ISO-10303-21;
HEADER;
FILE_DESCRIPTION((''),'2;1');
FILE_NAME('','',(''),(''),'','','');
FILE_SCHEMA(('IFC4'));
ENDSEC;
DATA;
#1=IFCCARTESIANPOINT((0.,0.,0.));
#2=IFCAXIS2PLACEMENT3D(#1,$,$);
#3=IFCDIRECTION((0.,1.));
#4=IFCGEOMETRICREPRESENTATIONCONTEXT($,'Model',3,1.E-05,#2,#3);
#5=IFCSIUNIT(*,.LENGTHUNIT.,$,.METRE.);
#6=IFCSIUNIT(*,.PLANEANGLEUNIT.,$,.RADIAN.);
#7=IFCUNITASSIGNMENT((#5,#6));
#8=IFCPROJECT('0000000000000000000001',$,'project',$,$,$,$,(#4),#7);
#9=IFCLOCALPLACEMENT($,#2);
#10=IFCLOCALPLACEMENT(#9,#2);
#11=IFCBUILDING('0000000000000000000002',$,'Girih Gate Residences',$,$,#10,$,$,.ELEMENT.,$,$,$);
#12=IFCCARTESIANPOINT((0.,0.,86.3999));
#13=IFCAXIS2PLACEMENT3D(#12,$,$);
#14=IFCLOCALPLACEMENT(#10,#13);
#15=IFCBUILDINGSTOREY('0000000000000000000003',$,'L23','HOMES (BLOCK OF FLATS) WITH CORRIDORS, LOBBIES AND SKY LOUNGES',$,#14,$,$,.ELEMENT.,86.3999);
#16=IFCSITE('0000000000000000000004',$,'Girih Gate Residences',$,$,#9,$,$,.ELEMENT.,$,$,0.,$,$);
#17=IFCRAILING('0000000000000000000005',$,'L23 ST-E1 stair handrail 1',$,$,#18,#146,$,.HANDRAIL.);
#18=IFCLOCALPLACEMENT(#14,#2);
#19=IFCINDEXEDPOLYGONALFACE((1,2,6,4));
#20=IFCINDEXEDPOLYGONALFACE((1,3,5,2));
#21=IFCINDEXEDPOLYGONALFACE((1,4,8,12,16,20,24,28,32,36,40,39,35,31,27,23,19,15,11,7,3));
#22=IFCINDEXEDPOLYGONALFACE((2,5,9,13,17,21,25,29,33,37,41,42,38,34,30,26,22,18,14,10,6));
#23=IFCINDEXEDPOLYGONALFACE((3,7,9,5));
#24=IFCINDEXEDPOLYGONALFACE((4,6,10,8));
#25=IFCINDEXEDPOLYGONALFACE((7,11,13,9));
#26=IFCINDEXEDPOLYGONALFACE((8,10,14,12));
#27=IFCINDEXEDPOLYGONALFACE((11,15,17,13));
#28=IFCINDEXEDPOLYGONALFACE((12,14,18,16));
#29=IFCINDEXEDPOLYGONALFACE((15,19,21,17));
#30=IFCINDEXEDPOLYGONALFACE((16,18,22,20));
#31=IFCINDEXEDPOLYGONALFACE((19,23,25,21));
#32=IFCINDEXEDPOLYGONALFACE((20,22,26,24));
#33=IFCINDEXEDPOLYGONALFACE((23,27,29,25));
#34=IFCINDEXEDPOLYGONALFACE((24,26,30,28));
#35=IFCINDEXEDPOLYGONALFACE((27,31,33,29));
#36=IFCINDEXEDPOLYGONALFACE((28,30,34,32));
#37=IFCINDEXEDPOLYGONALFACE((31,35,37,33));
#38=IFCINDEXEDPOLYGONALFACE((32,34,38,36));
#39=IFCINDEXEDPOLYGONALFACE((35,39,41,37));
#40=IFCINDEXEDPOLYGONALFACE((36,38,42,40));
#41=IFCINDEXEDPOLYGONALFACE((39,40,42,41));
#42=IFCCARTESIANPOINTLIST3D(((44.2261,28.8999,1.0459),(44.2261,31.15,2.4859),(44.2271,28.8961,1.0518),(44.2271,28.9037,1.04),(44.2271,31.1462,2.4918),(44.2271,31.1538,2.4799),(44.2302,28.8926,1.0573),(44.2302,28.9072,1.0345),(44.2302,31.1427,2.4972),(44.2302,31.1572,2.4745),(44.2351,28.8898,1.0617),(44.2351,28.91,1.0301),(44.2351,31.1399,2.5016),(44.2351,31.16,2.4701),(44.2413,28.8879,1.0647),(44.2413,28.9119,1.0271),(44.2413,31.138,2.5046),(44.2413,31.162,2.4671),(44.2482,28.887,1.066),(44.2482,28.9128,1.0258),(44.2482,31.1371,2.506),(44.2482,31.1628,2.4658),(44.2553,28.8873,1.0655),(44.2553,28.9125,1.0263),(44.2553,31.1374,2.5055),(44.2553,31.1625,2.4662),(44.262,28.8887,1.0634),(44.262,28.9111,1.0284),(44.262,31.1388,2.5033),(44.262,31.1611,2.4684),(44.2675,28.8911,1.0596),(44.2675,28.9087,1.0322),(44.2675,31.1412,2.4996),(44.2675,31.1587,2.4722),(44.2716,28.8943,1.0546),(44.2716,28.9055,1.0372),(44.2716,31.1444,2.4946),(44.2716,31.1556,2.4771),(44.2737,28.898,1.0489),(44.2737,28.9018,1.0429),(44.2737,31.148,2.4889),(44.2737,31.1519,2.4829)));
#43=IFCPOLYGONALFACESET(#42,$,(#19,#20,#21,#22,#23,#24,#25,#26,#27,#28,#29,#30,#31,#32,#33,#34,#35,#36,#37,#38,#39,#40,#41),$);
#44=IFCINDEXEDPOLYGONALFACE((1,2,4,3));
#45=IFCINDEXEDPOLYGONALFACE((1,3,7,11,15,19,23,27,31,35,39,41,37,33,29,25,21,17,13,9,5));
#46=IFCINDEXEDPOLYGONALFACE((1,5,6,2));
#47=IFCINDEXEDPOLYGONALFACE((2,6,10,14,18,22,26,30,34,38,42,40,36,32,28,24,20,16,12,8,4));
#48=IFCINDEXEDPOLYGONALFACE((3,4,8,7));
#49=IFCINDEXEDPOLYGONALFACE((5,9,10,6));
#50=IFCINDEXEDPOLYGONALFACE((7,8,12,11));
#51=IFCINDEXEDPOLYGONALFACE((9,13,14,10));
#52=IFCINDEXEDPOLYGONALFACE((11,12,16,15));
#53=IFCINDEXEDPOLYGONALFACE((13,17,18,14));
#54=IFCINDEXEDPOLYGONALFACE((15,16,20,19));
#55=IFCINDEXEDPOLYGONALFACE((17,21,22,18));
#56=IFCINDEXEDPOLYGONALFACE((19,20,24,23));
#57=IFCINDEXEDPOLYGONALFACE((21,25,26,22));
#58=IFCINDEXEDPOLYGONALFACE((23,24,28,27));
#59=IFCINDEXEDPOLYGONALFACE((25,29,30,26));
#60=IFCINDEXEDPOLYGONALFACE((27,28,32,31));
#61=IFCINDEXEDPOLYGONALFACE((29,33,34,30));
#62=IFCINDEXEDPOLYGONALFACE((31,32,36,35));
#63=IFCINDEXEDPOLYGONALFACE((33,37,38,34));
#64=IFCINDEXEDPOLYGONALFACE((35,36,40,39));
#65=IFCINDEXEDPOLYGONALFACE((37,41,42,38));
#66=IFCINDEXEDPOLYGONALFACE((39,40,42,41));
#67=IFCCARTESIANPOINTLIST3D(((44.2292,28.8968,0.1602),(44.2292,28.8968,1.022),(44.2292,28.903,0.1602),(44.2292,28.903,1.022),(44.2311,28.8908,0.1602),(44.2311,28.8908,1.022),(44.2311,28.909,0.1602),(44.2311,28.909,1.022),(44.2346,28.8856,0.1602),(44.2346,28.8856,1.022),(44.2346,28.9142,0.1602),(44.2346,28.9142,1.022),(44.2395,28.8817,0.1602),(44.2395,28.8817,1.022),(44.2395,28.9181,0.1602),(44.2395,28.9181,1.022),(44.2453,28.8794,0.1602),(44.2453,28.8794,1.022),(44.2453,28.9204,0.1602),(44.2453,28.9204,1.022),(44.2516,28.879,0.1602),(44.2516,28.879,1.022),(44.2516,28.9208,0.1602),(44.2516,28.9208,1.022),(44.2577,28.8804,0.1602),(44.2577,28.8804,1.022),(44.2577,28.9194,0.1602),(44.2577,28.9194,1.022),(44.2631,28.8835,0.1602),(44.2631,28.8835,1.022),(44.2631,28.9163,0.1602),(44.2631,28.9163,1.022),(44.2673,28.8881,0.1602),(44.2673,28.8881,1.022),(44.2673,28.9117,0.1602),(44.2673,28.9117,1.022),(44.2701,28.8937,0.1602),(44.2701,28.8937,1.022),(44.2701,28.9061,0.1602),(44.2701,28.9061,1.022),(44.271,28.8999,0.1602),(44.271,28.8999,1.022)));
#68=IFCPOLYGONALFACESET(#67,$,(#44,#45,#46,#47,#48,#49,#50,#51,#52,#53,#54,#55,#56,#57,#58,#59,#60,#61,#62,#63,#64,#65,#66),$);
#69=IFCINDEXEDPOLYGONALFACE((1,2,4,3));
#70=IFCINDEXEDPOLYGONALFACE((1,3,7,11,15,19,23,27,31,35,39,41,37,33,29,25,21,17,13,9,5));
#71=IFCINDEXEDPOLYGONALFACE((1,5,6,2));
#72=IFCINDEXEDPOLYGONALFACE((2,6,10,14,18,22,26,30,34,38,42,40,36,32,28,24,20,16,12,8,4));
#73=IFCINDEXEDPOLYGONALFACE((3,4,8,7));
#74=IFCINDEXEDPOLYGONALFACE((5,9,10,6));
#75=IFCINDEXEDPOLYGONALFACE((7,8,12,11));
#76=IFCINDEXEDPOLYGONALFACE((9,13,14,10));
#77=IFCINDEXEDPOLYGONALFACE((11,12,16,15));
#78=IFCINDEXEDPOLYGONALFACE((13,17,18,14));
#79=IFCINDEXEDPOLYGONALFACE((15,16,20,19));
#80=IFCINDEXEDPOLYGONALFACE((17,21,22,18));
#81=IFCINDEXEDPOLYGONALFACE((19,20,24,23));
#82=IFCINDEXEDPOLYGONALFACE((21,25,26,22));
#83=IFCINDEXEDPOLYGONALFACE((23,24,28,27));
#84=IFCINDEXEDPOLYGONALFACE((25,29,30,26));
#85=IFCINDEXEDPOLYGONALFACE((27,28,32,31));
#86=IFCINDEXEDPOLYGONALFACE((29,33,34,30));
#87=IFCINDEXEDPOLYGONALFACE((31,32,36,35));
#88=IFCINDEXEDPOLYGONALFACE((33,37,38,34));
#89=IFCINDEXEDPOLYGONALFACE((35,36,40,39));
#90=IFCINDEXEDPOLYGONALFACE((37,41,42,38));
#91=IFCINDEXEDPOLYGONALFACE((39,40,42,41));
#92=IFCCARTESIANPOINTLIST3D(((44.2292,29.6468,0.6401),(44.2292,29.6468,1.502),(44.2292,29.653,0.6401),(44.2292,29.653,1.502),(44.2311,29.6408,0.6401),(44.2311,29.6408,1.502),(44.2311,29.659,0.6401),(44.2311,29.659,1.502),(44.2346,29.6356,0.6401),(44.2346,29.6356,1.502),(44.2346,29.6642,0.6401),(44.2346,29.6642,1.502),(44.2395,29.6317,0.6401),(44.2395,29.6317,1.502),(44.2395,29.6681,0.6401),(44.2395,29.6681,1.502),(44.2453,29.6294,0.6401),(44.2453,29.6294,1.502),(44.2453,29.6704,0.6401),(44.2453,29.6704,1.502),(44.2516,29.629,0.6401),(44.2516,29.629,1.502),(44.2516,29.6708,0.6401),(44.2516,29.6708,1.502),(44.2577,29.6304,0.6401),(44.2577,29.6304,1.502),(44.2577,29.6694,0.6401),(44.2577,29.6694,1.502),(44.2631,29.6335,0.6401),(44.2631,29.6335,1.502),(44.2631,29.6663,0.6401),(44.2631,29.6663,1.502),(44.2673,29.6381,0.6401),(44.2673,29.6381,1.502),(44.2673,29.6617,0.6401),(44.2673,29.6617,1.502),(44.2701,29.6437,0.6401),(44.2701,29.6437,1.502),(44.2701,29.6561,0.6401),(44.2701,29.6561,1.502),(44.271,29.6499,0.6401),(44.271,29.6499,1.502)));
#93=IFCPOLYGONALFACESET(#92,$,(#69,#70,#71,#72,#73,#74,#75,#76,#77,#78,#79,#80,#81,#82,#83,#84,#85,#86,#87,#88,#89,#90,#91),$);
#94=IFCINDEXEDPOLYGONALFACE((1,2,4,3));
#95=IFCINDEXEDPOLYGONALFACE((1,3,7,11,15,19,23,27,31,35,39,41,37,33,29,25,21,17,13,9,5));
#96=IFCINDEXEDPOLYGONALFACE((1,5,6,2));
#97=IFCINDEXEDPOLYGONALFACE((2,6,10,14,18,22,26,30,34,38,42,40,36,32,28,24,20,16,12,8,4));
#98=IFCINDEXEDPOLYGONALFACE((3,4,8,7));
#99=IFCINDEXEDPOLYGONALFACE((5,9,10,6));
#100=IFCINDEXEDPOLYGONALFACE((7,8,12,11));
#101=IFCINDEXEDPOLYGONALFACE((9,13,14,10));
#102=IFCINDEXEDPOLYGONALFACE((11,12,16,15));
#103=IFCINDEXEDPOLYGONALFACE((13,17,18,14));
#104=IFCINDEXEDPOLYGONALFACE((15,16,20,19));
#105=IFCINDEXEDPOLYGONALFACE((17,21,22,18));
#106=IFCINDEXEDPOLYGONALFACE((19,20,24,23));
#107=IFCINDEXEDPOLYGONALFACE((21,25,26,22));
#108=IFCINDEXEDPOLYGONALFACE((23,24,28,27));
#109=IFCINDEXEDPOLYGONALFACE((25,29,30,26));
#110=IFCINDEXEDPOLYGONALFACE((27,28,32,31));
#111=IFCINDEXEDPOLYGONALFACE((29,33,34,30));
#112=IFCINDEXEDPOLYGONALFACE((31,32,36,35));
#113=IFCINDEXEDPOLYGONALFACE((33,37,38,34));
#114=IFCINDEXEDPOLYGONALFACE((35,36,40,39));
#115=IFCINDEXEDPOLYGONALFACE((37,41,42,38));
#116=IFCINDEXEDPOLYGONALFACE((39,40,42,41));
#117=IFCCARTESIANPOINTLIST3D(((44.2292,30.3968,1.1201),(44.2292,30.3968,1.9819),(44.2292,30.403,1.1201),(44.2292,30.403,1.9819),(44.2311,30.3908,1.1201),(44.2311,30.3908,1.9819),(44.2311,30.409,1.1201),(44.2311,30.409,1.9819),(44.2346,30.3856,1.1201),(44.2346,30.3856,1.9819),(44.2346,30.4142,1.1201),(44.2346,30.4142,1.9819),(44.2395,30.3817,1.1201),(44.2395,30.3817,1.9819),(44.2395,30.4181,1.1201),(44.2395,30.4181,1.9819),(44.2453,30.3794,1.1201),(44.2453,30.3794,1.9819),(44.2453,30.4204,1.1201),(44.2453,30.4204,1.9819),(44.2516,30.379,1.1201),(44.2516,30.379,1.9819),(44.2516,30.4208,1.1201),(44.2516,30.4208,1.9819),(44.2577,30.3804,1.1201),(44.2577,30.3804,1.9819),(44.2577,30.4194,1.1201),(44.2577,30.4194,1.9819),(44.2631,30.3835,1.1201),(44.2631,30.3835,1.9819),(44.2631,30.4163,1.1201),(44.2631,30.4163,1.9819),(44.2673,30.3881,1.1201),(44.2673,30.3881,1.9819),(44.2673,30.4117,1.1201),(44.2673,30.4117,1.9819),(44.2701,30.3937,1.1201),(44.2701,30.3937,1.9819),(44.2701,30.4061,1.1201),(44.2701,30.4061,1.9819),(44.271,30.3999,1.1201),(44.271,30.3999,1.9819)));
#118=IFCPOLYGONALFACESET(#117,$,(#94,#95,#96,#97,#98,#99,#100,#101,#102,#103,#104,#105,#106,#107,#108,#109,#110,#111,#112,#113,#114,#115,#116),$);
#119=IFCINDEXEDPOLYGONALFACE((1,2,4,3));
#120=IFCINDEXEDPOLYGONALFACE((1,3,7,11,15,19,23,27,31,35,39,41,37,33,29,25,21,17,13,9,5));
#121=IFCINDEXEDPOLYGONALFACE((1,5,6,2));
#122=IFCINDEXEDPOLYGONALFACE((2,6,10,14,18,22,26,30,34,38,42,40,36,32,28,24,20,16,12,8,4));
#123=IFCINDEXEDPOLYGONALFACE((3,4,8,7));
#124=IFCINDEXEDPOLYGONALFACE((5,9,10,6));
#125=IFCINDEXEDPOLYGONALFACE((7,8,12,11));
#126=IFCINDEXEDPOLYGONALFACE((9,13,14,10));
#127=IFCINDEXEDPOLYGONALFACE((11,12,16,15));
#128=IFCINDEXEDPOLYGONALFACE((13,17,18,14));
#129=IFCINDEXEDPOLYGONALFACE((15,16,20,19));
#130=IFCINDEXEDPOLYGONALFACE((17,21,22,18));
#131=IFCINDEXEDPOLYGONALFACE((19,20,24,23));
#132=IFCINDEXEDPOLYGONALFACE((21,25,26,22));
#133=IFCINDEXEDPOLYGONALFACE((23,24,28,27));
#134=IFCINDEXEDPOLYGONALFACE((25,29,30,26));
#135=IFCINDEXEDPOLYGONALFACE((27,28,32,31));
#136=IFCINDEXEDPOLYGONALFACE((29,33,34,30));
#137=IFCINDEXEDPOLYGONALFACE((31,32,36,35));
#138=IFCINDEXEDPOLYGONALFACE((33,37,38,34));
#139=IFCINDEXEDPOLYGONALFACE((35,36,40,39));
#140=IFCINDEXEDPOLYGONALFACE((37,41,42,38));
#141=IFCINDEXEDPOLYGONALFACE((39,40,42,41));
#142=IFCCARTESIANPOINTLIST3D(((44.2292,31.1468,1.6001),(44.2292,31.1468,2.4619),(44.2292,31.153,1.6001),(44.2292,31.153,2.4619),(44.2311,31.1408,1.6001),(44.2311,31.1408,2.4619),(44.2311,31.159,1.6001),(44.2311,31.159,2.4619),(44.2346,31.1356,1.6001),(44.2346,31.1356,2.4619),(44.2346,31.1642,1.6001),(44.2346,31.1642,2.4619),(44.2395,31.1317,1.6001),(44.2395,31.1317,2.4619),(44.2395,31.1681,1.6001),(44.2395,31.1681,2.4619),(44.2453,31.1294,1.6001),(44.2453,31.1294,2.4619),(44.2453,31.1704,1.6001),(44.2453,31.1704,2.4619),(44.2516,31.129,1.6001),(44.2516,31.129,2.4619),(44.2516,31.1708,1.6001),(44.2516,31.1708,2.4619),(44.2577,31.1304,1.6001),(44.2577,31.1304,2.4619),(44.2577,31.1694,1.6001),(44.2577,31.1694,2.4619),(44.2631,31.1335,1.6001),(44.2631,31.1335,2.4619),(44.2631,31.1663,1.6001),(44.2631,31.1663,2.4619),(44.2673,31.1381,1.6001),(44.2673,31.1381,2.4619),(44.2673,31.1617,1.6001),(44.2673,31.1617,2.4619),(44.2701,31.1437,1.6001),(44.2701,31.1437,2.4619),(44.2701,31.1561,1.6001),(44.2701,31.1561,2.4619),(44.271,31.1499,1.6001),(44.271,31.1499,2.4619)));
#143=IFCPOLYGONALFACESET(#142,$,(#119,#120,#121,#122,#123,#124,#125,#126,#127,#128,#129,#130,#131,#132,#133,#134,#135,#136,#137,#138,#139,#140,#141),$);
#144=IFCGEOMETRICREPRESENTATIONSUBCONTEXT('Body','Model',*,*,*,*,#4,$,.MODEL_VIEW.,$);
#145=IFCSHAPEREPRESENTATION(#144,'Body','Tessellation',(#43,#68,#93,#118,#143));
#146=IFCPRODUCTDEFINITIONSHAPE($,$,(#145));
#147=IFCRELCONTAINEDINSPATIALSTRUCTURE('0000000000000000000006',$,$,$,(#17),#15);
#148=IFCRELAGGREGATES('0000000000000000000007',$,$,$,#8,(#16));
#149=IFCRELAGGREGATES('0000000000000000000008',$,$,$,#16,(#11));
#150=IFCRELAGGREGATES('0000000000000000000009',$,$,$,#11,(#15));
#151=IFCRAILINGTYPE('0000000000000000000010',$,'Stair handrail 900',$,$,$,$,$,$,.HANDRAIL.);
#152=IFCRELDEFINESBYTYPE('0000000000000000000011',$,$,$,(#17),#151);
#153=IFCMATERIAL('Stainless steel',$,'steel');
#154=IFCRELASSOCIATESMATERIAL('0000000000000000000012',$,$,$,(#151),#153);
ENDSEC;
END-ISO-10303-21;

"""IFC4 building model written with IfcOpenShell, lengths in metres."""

from ifc_helpers import new_model, si_unit, direction, frame, origin, origin_2d, place, context, subcontext, project, spatial, circle, extrude, material, type_object, element, save


model = new_model("IFC4")

# Units and contexts
model_context = context("Model", 3, precision=1e-05, world=origin(), true_north=direction((0.0, 1.0)))
body_context = subcontext(model_context, "Body", "Model", "MODEL_VIEW")
ifc_project = project(units=[si_unit("LENGTHUNIT", "METRE"), si_unit("PLANEANGLEUNIT", "RADIAN")], contexts=[model_context])

# Site, building, storey
site_placement = place(None, origin())
site = spatial("IfcSite", under=ifc_project, at=site_placement, Name="Girih Gate Residences", CompositionType="ELEMENT", RefElevation=0.0)
building_placement = place(site_placement, origin())
building = spatial("IfcBuilding", under=site, at=building_placement, Name="Girih Gate Residences", CompositionType="ELEMENT")
storey_placement = place(building_placement, frame((0.0, 0.0, 86.3999)))
storey = spatial("IfcBuildingStorey", under=building, at=storey_placement, Name="L23", Description="HOMES (BLOCK OF FLATS) WITH CORRIDORS, LOBBIES AND SKY LOUNGES", CompositionType="ELEMENT", Elevation=86.3999)

# Railing
ifc_material_1 = material(Name="Stainless steel", Category="steel")
railing_type_1 = type_object("IfcRailingType", Name="Stair handrail 900", PredefinedType="HANDRAIL", material=ifc_material_1)
railing_1_placement = place(storey_placement, frame((44.25, 28.8999, 0.1602)))
element("IfcRailing", 1, at=railing_1_placement, inside=storey, type_object=railing_type_1, Name="L23 ST-E1 stair handrail 1", PredefinedType="HANDRAIL", context=body_context, shape_type="SweptSolid", body=[
    extrude(circle(Radius=0.0239, at=origin_2d()), frame((0.0, 0.0, 0.8857), z_axis=(0.0, 0.842281, 0.539038), x_axis=(-1.0, 0.0, 0.0)), (0.0, 0.0, 1.0), 2.6714),
    extrude(circle(Radius=0.021, at=origin_2d()), origin(), (0.0, 0.0, 1.0), 0.8618),
    extrude(circle(Radius=0.021, at=origin_2d()), frame((0.0, 0.75, 0.48)), (0.0, 0.0, 1.0), 0.8618),
    extrude(circle(Radius=0.021, at=origin_2d()), frame((0.0, 1.5, 0.96)), (0.0, 0.0, 1.0), 0.8618),
    extrude(circle(Radius=0.021, at=origin_2d()), frame((0.0, 2.25, 1.4399)), (0.0, 0.0, 1.0), 0.8618),
])

save(model, "model.ifc")
